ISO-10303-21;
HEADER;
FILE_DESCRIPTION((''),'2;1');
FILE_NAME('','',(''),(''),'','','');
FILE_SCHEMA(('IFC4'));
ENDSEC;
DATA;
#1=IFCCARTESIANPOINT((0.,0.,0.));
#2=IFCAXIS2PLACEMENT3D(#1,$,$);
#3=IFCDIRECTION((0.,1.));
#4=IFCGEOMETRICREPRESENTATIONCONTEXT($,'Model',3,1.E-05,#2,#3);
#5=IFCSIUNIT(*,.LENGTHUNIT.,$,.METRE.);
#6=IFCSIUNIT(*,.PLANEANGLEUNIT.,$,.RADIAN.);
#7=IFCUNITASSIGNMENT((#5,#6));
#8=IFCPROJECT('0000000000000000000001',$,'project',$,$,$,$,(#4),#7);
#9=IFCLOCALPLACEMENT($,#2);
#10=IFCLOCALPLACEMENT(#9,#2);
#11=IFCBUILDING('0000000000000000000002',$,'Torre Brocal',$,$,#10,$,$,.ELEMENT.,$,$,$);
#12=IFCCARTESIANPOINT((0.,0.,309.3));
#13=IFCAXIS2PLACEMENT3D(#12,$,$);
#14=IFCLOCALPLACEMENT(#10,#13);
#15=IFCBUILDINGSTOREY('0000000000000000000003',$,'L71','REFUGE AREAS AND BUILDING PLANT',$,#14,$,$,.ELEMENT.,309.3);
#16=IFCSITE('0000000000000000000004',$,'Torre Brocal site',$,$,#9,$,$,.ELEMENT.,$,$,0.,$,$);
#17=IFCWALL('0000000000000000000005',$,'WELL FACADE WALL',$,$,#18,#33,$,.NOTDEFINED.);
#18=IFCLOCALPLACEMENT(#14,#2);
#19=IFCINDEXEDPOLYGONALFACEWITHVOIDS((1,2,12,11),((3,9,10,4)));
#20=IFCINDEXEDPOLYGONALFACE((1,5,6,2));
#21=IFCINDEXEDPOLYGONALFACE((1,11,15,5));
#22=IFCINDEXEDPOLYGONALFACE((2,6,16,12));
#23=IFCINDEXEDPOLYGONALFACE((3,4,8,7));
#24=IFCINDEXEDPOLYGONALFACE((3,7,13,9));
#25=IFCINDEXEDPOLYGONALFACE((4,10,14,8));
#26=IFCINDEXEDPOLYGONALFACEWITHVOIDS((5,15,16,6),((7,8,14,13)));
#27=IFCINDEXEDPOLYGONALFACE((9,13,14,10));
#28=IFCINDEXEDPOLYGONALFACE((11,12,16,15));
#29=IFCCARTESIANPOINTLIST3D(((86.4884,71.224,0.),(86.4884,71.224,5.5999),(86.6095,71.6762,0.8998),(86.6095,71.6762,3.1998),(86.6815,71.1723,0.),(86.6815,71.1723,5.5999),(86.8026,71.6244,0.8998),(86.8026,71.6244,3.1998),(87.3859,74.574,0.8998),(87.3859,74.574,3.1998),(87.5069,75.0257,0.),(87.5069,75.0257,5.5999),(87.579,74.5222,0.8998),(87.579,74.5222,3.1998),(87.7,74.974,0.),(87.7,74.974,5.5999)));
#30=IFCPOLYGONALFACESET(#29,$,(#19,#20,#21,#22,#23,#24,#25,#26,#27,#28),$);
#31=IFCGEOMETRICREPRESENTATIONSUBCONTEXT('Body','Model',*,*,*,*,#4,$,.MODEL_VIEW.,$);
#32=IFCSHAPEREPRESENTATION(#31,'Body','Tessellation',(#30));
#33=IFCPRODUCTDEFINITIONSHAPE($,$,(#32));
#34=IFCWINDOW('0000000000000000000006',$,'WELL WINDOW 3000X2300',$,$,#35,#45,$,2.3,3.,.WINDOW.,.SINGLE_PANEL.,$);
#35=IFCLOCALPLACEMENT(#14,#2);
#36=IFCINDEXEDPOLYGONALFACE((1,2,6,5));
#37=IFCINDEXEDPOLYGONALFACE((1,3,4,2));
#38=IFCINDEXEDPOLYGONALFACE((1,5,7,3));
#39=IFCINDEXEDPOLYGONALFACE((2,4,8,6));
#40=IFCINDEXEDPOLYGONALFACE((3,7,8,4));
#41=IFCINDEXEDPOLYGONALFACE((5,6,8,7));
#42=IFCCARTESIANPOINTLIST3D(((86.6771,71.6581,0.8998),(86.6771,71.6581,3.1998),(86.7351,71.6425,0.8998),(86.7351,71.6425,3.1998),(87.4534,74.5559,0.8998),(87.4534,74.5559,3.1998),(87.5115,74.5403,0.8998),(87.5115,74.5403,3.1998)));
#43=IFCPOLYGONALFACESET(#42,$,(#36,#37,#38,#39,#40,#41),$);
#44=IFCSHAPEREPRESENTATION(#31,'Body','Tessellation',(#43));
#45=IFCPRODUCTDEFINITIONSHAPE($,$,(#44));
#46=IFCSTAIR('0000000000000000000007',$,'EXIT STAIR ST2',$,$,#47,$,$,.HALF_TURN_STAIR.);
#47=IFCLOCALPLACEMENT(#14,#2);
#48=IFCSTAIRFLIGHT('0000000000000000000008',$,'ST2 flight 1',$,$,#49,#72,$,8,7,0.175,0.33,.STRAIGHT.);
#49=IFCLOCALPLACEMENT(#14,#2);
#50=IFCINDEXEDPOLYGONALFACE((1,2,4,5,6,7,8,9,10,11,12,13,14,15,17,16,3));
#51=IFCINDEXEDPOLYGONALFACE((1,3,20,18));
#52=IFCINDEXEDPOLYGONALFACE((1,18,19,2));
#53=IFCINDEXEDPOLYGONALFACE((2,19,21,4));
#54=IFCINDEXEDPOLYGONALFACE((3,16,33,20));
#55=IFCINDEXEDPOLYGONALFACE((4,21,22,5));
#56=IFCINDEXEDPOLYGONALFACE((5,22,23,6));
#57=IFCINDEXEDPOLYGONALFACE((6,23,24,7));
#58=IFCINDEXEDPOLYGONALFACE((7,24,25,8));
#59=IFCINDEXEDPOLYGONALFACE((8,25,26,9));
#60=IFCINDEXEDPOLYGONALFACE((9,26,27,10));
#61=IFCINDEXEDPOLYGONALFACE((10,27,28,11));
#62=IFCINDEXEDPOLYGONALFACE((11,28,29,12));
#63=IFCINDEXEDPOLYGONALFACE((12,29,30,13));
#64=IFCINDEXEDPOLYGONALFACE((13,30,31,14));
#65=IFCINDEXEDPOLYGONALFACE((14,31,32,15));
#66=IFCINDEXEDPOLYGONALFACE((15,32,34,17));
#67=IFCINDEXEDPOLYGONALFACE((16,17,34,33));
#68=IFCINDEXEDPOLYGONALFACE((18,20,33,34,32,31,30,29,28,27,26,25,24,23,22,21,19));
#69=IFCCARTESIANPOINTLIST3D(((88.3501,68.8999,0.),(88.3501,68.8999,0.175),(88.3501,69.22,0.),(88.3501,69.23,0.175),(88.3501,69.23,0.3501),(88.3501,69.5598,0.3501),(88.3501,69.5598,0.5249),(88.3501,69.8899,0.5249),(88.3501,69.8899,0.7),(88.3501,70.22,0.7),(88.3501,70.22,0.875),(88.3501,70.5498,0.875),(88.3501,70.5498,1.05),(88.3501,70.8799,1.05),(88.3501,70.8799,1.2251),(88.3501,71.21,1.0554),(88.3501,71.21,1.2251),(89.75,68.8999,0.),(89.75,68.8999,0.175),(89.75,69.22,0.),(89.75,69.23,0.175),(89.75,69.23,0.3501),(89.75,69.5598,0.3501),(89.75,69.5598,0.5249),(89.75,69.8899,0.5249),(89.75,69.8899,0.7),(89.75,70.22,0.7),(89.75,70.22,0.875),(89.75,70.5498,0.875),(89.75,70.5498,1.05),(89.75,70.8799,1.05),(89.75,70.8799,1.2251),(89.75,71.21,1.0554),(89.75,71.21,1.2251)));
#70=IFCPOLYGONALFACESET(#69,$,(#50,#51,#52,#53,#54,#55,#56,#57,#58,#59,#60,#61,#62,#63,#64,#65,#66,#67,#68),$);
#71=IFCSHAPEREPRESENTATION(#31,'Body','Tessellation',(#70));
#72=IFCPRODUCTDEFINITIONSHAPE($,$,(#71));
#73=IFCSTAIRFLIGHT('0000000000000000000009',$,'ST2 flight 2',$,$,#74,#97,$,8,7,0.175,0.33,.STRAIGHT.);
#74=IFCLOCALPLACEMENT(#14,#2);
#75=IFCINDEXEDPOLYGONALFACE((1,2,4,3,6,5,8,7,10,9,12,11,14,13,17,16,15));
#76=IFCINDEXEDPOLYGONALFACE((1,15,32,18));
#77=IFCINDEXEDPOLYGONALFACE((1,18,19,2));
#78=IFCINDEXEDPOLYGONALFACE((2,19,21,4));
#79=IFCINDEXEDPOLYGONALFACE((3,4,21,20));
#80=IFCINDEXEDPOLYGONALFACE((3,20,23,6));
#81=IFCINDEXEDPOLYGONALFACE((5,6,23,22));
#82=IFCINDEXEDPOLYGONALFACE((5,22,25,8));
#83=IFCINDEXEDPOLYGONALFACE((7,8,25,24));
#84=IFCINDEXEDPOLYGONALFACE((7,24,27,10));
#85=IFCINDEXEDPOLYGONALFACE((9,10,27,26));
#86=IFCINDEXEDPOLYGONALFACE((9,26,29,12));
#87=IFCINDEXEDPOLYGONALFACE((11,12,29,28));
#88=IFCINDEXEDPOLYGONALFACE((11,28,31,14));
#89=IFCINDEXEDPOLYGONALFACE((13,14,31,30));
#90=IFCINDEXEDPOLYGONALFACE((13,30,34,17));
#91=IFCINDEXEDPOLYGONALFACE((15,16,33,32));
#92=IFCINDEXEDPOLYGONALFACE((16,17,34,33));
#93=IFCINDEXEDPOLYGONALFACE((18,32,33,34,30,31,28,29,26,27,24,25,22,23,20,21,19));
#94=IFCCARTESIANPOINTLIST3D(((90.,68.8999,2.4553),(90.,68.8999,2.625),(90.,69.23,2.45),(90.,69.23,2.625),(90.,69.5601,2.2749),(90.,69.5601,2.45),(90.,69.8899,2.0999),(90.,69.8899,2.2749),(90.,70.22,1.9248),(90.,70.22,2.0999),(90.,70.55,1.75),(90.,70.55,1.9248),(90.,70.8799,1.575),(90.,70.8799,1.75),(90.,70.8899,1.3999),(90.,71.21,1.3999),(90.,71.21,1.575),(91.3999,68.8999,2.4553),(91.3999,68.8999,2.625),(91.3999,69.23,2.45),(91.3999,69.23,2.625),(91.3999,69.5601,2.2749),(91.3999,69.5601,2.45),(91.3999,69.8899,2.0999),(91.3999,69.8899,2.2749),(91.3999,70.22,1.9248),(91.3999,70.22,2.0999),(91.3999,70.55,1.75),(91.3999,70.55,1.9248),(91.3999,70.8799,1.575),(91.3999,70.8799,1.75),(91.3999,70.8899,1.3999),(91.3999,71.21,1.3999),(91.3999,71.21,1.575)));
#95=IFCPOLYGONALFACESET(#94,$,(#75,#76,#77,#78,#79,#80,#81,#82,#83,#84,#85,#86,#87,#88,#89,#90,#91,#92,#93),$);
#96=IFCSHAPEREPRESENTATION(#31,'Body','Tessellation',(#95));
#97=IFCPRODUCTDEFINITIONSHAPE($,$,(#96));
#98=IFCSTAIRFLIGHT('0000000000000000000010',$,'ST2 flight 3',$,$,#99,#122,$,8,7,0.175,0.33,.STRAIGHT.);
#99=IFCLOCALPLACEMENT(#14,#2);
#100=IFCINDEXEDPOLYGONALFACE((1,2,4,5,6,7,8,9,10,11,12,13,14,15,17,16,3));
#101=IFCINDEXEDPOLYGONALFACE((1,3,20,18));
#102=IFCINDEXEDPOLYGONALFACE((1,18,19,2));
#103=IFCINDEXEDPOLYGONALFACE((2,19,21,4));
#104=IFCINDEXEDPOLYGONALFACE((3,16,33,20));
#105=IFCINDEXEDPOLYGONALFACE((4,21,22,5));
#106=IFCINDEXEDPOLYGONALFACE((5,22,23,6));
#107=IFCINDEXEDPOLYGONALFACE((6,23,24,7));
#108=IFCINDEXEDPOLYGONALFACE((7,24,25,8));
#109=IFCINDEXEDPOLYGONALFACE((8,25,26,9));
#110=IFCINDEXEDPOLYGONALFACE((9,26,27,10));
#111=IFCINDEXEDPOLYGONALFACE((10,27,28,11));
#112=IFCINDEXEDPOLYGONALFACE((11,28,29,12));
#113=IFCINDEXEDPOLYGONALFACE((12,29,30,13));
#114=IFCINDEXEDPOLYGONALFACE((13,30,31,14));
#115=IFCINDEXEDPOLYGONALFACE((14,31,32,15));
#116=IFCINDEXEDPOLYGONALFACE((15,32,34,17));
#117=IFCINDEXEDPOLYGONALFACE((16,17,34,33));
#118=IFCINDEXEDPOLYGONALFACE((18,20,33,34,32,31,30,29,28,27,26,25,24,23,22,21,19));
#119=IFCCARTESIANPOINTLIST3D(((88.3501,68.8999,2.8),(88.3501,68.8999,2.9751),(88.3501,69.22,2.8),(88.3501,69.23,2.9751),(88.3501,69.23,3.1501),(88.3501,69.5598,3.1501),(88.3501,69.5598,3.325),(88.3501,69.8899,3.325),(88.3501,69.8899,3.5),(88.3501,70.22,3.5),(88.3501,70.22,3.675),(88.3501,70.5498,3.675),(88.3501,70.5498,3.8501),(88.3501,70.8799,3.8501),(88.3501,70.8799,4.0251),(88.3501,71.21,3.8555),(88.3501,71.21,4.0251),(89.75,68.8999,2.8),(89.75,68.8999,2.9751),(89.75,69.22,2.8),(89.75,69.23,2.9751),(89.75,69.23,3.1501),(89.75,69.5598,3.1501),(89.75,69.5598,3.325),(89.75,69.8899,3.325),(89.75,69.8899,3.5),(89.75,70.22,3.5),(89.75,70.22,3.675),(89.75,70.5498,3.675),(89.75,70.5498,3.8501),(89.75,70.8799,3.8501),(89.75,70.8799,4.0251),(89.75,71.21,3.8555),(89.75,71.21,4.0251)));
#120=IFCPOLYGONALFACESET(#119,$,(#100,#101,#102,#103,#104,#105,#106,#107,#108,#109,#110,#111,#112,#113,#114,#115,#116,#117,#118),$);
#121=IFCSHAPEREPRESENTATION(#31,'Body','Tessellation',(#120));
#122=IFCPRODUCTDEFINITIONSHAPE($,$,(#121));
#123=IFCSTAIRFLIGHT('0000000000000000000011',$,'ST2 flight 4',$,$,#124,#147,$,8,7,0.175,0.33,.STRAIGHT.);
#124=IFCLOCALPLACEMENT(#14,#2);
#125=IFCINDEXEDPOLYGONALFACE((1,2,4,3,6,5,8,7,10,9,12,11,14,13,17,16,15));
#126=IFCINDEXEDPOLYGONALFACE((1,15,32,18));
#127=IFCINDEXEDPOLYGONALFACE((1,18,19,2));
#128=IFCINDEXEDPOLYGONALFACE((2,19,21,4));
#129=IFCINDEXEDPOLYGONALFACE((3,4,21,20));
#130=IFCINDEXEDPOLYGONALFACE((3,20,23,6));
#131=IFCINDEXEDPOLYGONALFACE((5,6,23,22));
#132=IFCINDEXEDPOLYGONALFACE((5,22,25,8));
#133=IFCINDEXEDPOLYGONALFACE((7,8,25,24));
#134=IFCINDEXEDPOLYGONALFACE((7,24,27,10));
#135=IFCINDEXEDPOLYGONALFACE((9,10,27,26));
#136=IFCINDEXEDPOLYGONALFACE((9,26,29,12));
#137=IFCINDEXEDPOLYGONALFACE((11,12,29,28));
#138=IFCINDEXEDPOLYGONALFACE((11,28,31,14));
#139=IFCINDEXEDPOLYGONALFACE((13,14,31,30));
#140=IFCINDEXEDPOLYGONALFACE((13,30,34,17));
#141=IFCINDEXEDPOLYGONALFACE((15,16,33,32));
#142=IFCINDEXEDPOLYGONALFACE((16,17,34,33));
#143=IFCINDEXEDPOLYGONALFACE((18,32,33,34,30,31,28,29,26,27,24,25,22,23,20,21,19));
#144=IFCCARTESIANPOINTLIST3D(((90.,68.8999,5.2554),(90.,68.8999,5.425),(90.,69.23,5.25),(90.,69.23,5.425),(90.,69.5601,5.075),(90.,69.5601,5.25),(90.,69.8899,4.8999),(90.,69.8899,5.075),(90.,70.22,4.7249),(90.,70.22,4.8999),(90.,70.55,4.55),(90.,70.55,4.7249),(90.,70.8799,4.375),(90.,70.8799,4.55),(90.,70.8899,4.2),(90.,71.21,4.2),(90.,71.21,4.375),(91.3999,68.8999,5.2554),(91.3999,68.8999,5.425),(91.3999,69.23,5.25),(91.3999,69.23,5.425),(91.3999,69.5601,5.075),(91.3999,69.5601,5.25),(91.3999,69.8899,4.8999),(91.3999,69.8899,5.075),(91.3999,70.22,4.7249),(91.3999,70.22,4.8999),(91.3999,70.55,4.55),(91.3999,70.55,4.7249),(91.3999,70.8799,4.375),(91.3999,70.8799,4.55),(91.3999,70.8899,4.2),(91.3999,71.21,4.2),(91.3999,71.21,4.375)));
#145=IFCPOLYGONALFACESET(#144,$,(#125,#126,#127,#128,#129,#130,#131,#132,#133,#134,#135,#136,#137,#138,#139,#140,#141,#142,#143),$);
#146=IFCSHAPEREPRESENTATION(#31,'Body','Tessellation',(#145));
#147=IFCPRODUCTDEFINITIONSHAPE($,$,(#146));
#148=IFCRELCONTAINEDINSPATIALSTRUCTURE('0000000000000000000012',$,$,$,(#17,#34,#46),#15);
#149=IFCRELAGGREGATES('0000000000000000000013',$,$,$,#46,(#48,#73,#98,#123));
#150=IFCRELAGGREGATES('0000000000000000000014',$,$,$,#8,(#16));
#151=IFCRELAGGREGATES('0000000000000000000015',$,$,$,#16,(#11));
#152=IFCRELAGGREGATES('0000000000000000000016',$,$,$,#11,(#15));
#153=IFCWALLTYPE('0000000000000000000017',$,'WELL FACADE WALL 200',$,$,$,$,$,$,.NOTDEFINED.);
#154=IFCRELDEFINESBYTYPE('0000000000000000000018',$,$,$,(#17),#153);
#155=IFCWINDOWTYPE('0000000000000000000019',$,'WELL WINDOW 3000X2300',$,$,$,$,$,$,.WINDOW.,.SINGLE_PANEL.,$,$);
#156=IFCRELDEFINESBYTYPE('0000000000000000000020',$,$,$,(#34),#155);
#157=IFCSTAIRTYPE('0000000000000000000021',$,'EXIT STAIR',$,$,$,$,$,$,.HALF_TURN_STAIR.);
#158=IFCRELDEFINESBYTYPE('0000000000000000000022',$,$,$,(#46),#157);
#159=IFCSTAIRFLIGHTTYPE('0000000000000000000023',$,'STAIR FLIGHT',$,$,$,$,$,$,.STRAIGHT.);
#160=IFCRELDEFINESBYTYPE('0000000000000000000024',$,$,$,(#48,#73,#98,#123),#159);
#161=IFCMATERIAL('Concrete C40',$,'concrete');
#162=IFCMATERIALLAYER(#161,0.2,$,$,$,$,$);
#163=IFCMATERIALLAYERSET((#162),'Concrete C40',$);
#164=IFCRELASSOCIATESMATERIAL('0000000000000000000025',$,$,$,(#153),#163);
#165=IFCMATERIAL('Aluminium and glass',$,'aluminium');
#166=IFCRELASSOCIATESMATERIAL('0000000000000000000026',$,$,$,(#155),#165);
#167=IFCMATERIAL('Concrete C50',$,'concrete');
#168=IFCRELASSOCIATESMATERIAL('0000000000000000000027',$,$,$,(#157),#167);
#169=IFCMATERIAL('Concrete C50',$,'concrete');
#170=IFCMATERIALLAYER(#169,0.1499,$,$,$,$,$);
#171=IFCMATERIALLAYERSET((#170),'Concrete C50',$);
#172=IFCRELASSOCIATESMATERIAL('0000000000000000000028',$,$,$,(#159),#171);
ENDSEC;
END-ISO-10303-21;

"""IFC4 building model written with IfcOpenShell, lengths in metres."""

from ifc_helpers import new_model, si_unit, direction, frame, frame_2d, origin, place, context, subcontext, project, spatial, polyline, rectangle, outline, extrude, material, layer, layer_set, type_object, element, fill, aggregate, save


model = new_model("IFC4")

# Units and contexts
model_context = context("Model", 3, precision=1e-05, world=origin(), true_north=direction((0.0, 1.0)))
body_context = subcontext(model_context, "Body", "Model", "MODEL_VIEW")
ifc_project = project(units=[si_unit("LENGTHUNIT", "METRE"), si_unit("PLANEANGLEUNIT", "RADIAN")], contexts=[model_context])

# Site, building, storey
site_placement = place(None, origin())
site = spatial("IfcSite", under=ifc_project, at=site_placement, Name="Torre Brocal site", CompositionType="ELEMENT", RefElevation=0.0)
building_placement = place(site_placement, origin())
building = spatial("IfcBuilding", under=site, at=building_placement, Name="Torre Brocal", CompositionType="ELEMENT")
storey_placement = place(building_placement, frame((0.0, 0.0, 309.3)))
storey = spatial("IfcBuildingStorey", under=building, at=storey_placement, Name="L71", Description="REFUGE AREAS AND BUILDING PLANT", CompositionType="ELEMENT", Elevation=309.3)

# Wall, opening, window
ifc_material_1 = material(Name="Concrete C40", Category="concrete")
ifc_layer_1 = layer(ifc_material_1, 0.2)
ifc_layer_set_1 = layer_set([ifc_layer_1], Name="Concrete C40")
wall_type_1 = type_object("IfcWallType", Name="WELL FACADE WALL 200", PredefinedType="NOTDEFINED", material=ifc_layer_set_1)
ifc_material_2 = material(Name="Aluminium and glass", Category="aluminium")
window_type_1 = type_object("IfcWindowType", Name="WELL WINDOW 3000X2300", PartitioningType="SINGLE_PANEL", PredefinedType="WINDOW", material=ifc_material_2)
wall_1_placement = place(storey_placement, frame((86.585, 71.1982, 0.0), z_axis=(0.0, 0.0, 1.0), x_axis=(0.25879, 0.965934, 0.0)))
wall_1 = element("IfcWall", 1, at=wall_1_placement, inside=storey, type_object=wall_type_1, Name="WELL FACADE WALL", PredefinedType="NOTDEFINED", context=body_context, shape_type="SweptSolid", body=[
    extrude(rectangle(XDim=3.9358, YDim=0.2, at=frame_2d((1.9678, 0.0))), origin(), (0.0, 0.0, 1.0), 5.5999),
])
opening_1_placement = place(wall_1_placement, frame((0.468, 0.0, 0.8999)))
opening_1 = element("IfcOpeningElement", 2, at=opening_1_placement, cuts=wall_1, PredefinedType="OPENING", context=body_context, shape_type="SweptSolid", body=[
    extrude(rectangle(XDim=3.0, YDim=2.3, at=frame_2d((1.5, 1.1499))), frame((0.0, 0.1099, 0.0), z_axis=(0.0, -1.0, 0.0), x_axis=(1.0, 0.0, 0.0)), (0.0, 0.0, 1.0), 0.22),
])
window_1_placement = place(opening_1_placement, origin())
window_1 = element("IfcWindow", 3, at=window_1_placement, inside=storey, type_object=window_type_1, Name="WELL WINDOW 3000X2300", OverallHeight=2.3, OverallWidth=3.0, PartitioningType="SINGLE_PANEL", PredefinedType="WINDOW", context=body_context, shape_type="SweptSolid", body=[
    extrude(rectangle(XDim=3.0, YDim=2.3, at=frame_2d((1.5, 1.1499))), frame((0.0, 0.03, 0.0), z_axis=(0.0, -1.0, 0.0), x_axis=(1.0, 0.0, 0.0)), (0.0, 0.0, 1.0), 0.0601),
])
fill(opening_1, window_1)

# Stair, stair flights
ifc_material_3 = material(Name="Concrete C50", Category="concrete")
stair_type = type_object("IfcStairType", Name="EXIT STAIR", PredefinedType="HALF_TURN_STAIR", material=ifc_material_3)
stair_placement = place(storey_placement, origin())
stair = element("IfcStair", 4, at=stair_placement, inside=storey, type_object=stair_type, Name="EXIT STAIR ST2", PredefinedType="HALF_TURN_STAIR")
ifc_material_4 = material(Name="Concrete C50", Category="concrete")
ifc_layer_2 = layer(ifc_material_4, 0.1499)
ifc_layer_set_2 = layer_set([ifc_layer_2], Name="Concrete C50")
stair_flight_type = type_object("IfcStairFlightType", Name="STAIR FLIGHT", PredefinedType="STRAIGHT", material=ifc_layer_set_2)
stair_flight_1_placement = place(storey_placement, frame((89.05, 68.8999, 0.0), z_axis=(0.0, 0.0, 1.0), x_axis=(0.0, 1.0, 0.0)))
stair_flight_1 = element("IfcStairFlight", 5, at=stair_flight_1_placement, type_object=stair_flight_type, Name="ST2 flight 1", NumberOfRisers=8, NumberOfTreads=7, PredefinedType="STRAIGHT", RiserHeight=0.175, TreadLength=0.33, context=body_context, shape_type="SweptSolid", body=[
    extrude(outline(polyline([(0.0, 0.0), (0.0, 0.175), (0.3301, 0.175), (0.3301, 0.3501), (0.6599, 0.3501), (0.6599, 0.5249), (0.99, 0.5249), (0.99, 0.7), (1.3201, 0.7), (1.3201, 0.875), (1.6499, 0.875), (1.6499, 1.05), (1.98, 1.05), (1.98, 1.2251), (2.3101, 1.2251), (2.3101, 1.3999), (2.3101, 1.0554), (0.3201, 0.0), (0.0, 0.0)])), frame((0.0, 0.7, 0.0), z_axis=(0.0, -1.0, 0.0), x_axis=(1.0, 0.0, 0.0)), (0.0, 0.0, 1.0), 1.3999),
])
stair_flight_2_placement = place(storey_placement, frame((90.7, 71.21, 1.3999), z_axis=(0.0, 0.0, 1.0), x_axis=(0.0, -1.0, 0.0)))
stair_flight_2 = element("IfcStairFlight", 6, at=stair_flight_2_placement, type_object=stair_flight_type, Name="ST2 flight 2", NumberOfRisers=8, NumberOfTreads=7, PredefinedType="STRAIGHT", RiserHeight=0.175, TreadLength=0.33, context=body_context, shape_type="SweptSolid", body=[
    extrude(outline(polyline([(0.0, 0.0), (0.0, 0.175), (0.3301, 0.175), (0.3301, 0.3501), (0.6599, 0.3501), (0.6599, 0.5249), (0.99, 0.5249), (0.99, 0.7), (1.3201, 0.7), (1.3201, 0.875), (1.6499, 0.875), (1.6499, 1.05), (1.98, 1.05), (1.98, 1.2251), (2.3101, 1.2251), (2.3101, 1.3999), (2.3101, 1.0554), (0.3201, 0.0), (0.0, 0.0)])), frame((0.0, 0.7, 0.0), z_axis=(0.0, -1.0, 0.0), x_axis=(1.0, 0.0, 0.0)), (0.0, 0.0, 1.0), 1.3999),
])
stair_flight_3_placement = place(storey_placement, frame((89.05, 68.8999, 2.8), z_axis=(0.0, 0.0, 1.0), x_axis=(0.0, 1.0, 0.0)))
stair_flight_3 = element("IfcStairFlight", 7, at=stair_flight_3_placement, type_object=stair_flight_type, Name="ST2 flight 3", NumberOfRisers=8, NumberOfTreads=7, PredefinedType="STRAIGHT", RiserHeight=0.175, TreadLength=0.33, context=body_context, shape_type="SweptSolid", body=[
    extrude(outline(polyline([(0.0, 0.0), (0.0, 0.175), (0.3301, 0.175), (0.3301, 0.3501), (0.6599, 0.3501), (0.6599, 0.5249), (0.99, 0.5249), (0.99, 0.7), (1.3201, 0.7), (1.3201, 0.875), (1.6499, 0.875), (1.6499, 1.05), (1.98, 1.05), (1.98, 1.2251), (2.3101, 1.2251), (2.3101, 1.3999), (2.3101, 1.0554), (0.3201, 0.0), (0.0, 0.0)])), frame((0.0, 0.7, 0.0), z_axis=(0.0, -1.0, 0.0), x_axis=(1.0, 0.0, 0.0)), (0.0, 0.0, 1.0), 1.3999),
])
stair_flight_4_placement = place(storey_placement, frame((90.7, 71.21, 4.2), z_axis=(0.0, 0.0, 1.0), x_axis=(0.0, -1.0, 0.0)))
stair_flight_4 = element("IfcStairFlight", 8, at=stair_flight_4_placement, type_object=stair_flight_type, Name="ST2 flight 4", NumberOfRisers=8, NumberOfTreads=7, PredefinedType="STRAIGHT", RiserHeight=0.175, TreadLength=0.33, context=body_context, shape_type="SweptSolid", body=[
    extrude(outline(polyline([(0.0, 0.0), (0.0, 0.175), (0.3301, 0.175), (0.3301, 0.3501), (0.6599, 0.3501), (0.6599, 0.5249), (0.99, 0.5249), (0.99, 0.7), (1.3201, 0.7), (1.3201, 0.875), (1.6499, 0.875), (1.6499, 1.05), (1.98, 1.05), (1.98, 1.2251), (2.3101, 1.2251), (2.3101, 1.3999), (2.3101, 1.0554), (0.3201, 0.0), (0.0, 0.0)])), frame((0.0, 0.7, 0.0), z_axis=(0.0, -1.0, 0.0), x_axis=(1.0, 0.0, 0.0)), (0.0, 0.0, 1.0), 1.3999),
])
aggregate(stair, [stair_flight_1, stair_flight_2, stair_flight_3, stair_flight_4])

save(model, "model.ifc")
